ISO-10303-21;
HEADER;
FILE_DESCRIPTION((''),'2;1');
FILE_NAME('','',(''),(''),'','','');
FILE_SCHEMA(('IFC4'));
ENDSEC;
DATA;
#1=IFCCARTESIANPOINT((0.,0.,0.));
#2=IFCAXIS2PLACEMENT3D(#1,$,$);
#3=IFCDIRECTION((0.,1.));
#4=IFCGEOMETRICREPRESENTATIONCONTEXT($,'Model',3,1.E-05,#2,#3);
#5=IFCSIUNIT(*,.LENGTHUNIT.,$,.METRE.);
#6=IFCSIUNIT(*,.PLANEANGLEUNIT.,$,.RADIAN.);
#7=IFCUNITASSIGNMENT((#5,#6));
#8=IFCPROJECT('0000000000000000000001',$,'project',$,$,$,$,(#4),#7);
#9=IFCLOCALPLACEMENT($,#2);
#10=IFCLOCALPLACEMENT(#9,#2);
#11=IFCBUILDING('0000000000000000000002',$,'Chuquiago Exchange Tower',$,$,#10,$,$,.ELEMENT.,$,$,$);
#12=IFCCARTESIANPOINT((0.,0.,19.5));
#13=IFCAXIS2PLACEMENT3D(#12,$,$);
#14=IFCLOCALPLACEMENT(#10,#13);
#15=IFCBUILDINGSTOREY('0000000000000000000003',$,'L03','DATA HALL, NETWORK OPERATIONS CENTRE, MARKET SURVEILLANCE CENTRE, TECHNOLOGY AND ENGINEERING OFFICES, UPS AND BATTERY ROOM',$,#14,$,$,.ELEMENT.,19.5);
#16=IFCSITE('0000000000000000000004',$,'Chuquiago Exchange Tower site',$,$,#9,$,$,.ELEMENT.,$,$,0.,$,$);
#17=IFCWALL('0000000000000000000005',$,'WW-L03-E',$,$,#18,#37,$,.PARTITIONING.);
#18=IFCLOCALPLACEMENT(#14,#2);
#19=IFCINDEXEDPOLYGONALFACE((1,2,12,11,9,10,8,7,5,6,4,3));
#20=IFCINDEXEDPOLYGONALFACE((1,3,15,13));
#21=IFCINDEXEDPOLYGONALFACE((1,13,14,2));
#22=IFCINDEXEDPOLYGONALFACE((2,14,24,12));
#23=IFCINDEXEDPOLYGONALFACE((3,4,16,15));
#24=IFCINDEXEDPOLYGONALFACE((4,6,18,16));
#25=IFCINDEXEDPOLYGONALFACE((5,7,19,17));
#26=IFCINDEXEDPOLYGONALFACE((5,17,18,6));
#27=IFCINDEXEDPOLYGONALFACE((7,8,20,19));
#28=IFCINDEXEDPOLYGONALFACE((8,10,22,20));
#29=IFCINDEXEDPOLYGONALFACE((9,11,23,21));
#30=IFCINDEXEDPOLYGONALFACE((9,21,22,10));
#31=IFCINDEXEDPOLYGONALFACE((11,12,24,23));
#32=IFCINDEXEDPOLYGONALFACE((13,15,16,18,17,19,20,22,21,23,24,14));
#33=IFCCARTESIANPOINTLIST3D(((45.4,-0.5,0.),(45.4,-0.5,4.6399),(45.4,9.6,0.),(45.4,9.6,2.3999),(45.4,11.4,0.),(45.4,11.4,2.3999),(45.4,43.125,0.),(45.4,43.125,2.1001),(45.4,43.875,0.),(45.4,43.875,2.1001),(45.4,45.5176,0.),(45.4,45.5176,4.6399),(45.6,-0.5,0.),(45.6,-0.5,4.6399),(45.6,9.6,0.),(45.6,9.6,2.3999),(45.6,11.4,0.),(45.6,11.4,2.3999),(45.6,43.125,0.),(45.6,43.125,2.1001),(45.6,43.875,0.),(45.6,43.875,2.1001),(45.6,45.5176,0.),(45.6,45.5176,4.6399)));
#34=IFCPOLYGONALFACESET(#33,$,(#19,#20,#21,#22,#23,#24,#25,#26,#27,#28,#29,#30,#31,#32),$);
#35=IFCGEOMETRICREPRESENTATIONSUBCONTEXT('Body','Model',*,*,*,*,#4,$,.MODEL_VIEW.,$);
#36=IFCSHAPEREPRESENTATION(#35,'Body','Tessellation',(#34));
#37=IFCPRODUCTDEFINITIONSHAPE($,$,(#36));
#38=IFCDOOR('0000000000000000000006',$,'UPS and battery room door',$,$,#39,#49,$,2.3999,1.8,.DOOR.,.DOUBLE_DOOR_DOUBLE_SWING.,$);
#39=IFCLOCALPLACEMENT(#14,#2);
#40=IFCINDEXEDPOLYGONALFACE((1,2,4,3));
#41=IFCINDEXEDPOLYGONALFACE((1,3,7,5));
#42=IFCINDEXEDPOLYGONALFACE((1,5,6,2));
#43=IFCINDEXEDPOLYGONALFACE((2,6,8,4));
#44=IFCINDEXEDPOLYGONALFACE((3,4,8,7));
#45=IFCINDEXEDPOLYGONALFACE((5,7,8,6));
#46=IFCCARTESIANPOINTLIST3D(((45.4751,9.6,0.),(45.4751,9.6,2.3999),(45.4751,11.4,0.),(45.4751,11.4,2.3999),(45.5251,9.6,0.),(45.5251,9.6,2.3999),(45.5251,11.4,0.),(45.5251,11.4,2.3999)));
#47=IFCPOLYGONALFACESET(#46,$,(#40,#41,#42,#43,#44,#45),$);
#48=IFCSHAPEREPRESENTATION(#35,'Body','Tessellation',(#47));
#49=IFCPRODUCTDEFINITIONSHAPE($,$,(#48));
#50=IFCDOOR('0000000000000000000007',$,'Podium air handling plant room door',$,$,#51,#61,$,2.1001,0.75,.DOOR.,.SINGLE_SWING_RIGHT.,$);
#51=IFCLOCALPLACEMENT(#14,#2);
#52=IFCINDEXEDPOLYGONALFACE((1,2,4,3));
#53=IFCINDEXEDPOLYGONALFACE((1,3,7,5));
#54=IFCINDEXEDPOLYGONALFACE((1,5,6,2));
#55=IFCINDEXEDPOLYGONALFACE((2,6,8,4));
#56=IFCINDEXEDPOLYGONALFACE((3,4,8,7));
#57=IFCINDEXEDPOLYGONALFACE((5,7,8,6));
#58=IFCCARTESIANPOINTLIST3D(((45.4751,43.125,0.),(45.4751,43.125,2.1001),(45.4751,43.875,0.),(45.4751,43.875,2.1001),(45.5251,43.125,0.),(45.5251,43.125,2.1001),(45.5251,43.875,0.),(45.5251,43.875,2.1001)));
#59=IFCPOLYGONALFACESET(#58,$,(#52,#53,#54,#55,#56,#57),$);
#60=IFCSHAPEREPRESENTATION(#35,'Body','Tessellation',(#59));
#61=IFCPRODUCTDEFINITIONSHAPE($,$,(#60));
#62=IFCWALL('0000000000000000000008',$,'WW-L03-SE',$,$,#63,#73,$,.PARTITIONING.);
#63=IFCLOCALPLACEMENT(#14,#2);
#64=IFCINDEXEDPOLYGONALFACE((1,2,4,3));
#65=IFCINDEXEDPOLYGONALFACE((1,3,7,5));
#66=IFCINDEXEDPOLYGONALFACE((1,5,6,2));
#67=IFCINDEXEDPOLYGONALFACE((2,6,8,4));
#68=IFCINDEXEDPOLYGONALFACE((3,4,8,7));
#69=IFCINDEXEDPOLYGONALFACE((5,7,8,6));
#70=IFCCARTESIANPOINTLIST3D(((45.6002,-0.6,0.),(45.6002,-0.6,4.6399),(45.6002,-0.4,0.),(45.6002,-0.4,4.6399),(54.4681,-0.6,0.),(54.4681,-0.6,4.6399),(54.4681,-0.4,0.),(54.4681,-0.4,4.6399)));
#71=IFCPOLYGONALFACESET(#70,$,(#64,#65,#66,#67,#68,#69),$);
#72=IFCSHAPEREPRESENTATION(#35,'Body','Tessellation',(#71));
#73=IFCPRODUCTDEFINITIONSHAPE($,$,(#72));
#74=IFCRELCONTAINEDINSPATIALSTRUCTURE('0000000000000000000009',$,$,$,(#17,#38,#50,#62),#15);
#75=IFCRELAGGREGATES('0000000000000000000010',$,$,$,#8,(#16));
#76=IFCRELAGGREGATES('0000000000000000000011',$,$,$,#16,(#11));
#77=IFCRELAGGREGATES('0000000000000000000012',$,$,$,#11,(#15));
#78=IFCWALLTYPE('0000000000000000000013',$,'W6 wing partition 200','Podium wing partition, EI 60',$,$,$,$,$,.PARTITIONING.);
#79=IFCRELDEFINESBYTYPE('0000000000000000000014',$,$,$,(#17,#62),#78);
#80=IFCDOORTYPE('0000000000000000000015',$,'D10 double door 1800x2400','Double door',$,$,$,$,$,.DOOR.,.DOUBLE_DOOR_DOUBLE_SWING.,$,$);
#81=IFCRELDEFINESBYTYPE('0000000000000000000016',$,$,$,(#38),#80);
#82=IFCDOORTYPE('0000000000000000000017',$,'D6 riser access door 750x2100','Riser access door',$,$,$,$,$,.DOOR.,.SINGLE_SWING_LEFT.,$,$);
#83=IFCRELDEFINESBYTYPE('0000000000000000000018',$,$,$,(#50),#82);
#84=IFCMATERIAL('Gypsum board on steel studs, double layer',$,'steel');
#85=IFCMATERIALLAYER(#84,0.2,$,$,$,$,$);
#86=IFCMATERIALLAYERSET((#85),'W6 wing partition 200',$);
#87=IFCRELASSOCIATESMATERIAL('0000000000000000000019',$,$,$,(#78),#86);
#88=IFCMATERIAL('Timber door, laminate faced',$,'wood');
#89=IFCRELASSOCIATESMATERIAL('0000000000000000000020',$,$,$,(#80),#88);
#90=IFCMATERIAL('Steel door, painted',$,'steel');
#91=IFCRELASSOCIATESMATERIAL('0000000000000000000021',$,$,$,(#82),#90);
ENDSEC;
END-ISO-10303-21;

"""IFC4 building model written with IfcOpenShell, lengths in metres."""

from ifc_helpers import new_model, si_unit, direction, frame, frame_2d, origin, place, context, subcontext, project, spatial, rectangle, extrude, material, layer, layer_set, type_object, element, fill, save


model = new_model("IFC4")

# Units and contexts
model_context = context("Model", 3, precision=1e-05, world=origin(), true_north=direction((0.0, 1.0)))
body_context = subcontext(model_context, "Body", "Model", "MODEL_VIEW")
ifc_project = project(units=[si_unit("LENGTHUNIT", "METRE"), si_unit("PLANEANGLEUNIT", "RADIAN")], contexts=[model_context])

# Site, building, storey
site_placement = place(None, origin())
site = spatial("IfcSite", under=ifc_project, at=site_placement, Name="Chuquiago Exchange Tower site", CompositionType="ELEMENT", RefElevation=0.0)
building_placement = place(site_placement, origin())
building = spatial("IfcBuilding", under=site, at=building_placement, Name="Chuquiago Exchange Tower", CompositionType="ELEMENT")
storey_placement = place(building_placement, frame((0.0, 0.0, 19.5)))
storey = spatial("IfcBuildingStorey", under=building, at=storey_placement, Name="L03", Description="DATA HALL, NETWORK OPERATIONS CENTRE, MARKET SURVEILLANCE CENTRE, TECHNOLOGY AND ENGINEERING OFFICES, UPS AND BATTERY ROOM", CompositionType="ELEMENT", Elevation=19.5)

# Wall, openings, doors
ifc_material_1 = material(Name="Gypsum board on steel studs, double layer", Category="steel")
ifc_layer_1 = layer(ifc_material_1, 0.2)
ifc_layer_set_1 = layer_set([ifc_layer_1], Name="W6 wing partition 200")
wall_type = type_object("IfcWallType", Name="W6 wing partition 200", Description="Podium wing partition, EI 60", PredefinedType="PARTITIONING", material=ifc_layer_set_1)
wall_1_placement = place(storey_placement, frame((45.5, -0.5, 0.0), z_axis=(0.0, 0.0, 1.0), x_axis=(0.0, 1.0, 0.0)))
wall_1 = element("IfcWall", 1, at=wall_1_placement, inside=storey, type_object=wall_type, Name="WW-L03-E", PredefinedType="PARTITIONING", context=body_context, shape_type="SweptSolid", body=[
    extrude(rectangle(XDim=46.0176, YDim=0.2, at=frame_2d((23.0088, 0.0))), origin(), (0.0, 0.0, 1.0), 4.6399),
])
opening_1_placement = place(wall_1_placement, frame((43.625, 0.0, 0.0)))
opening_1 = element("IfcOpeningElement", 2, at=opening_1_placement, cuts=wall_1, PredefinedType="OPENING", context=body_context, shape_type="SweptSolid", body=[
    extrude(rectangle(XDim=0.75, YDim=2.1001, at=frame_2d((0.375, 1.05))), frame((0.0, 0.1099, 0.0), z_axis=(0.0, -1.0, 0.0), x_axis=(1.0, 0.0, 0.0)), (0.0, 0.0, 1.0), 0.22),
])
opening_2_placement = place(wall_1_placement, frame((10.1001, 0.0, 0.0)))
opening_2 = element("IfcOpeningElement", 3, at=opening_2_placement, cuts=wall_1, PredefinedType="OPENING", context=body_context, shape_type="SweptSolid", body=[
    extrude(rectangle(XDim=1.8, YDim=2.3999, at=frame_2d((0.8999, 1.2))), frame((0.0, 0.1099, 0.0), z_axis=(0.0, -1.0, 0.0), x_axis=(1.0, 0.0, 0.0)), (0.0, 0.0, 1.0), 0.22),
])
ifc_material_2 = material(Name="Timber door, laminate faced", Category="wood")
door_type_1 = type_object("IfcDoorType", Name="D10 double door 1800x2400", Description="Double door", OperationType="DOUBLE_DOOR_DOUBLE_SWING", PredefinedType="DOOR", material=ifc_material_2)
door_1_placement = place(opening_2_placement, origin())
door_1 = element("IfcDoor", 4, at=door_1_placement, inside=storey, type_object=door_type_1, Name="UPS and battery room door", OperationType="DOUBLE_DOOR_DOUBLE_SWING", OverallHeight=2.3999, OverallWidth=1.8, PredefinedType="DOOR", context=body_context, shape_type="SweptSolid", body=[
    extrude(rectangle(XDim=1.8, YDim=2.3999, at=frame_2d((0.8999, 1.2))), frame((0.0, 0.0249, 0.0), z_axis=(0.0, -1.0, 0.0), x_axis=(1.0, 0.0, 0.0)), (0.0, 0.0, 1.0), 0.05),
])
fill(opening_2, door_1)
ifc_material_3 = material(Name="Steel door, painted", Category="steel")
door_type_2 = type_object("IfcDoorType", Name="D6 riser access door 750x2100", Description="Riser access door", OperationType="SINGLE_SWING_LEFT", PredefinedType="DOOR", material=ifc_material_3)
door_2_placement = place(opening_1_placement, origin())
door_2 = element("IfcDoor", 5, at=door_2_placement, inside=storey, type_object=door_type_2, Name="Podium air handling plant room door", OperationType="SINGLE_SWING_RIGHT", OverallHeight=2.1001, OverallWidth=0.75, PredefinedType="DOOR", context=body_context, shape_type="SweptSolid", body=[
    extrude(rectangle(XDim=0.75, YDim=2.1001, at=frame_2d((0.375, 1.05))), frame((0.0, 0.0249, 0.0), z_axis=(0.0, -1.0, 0.0), x_axis=(1.0, 0.0, 0.0)), (0.0, 0.0, 1.0), 0.05),
])
fill(opening_1, door_2)

# Wall
wall_2_placement = place(storey_placement, frame((45.6001, -0.5, 0.0), z_axis=(0.0, 0.0, 1.0), x_axis=(1.0, 0.0, 0.0)))
element("IfcWall", 6, at=wall_2_placement, inside=storey, type_object=wall_type, Name="WW-L03-SE", PredefinedType="PARTITIONING", context=body_context, shape_type="SweptSolid", body=[
    extrude(rectangle(XDim=8.8679, YDim=0.2, at=frame_2d((4.4341, 0.0))), origin(), (0.0, 0.0, 1.0), 4.6399),
])

save(model, "model.ifc")
